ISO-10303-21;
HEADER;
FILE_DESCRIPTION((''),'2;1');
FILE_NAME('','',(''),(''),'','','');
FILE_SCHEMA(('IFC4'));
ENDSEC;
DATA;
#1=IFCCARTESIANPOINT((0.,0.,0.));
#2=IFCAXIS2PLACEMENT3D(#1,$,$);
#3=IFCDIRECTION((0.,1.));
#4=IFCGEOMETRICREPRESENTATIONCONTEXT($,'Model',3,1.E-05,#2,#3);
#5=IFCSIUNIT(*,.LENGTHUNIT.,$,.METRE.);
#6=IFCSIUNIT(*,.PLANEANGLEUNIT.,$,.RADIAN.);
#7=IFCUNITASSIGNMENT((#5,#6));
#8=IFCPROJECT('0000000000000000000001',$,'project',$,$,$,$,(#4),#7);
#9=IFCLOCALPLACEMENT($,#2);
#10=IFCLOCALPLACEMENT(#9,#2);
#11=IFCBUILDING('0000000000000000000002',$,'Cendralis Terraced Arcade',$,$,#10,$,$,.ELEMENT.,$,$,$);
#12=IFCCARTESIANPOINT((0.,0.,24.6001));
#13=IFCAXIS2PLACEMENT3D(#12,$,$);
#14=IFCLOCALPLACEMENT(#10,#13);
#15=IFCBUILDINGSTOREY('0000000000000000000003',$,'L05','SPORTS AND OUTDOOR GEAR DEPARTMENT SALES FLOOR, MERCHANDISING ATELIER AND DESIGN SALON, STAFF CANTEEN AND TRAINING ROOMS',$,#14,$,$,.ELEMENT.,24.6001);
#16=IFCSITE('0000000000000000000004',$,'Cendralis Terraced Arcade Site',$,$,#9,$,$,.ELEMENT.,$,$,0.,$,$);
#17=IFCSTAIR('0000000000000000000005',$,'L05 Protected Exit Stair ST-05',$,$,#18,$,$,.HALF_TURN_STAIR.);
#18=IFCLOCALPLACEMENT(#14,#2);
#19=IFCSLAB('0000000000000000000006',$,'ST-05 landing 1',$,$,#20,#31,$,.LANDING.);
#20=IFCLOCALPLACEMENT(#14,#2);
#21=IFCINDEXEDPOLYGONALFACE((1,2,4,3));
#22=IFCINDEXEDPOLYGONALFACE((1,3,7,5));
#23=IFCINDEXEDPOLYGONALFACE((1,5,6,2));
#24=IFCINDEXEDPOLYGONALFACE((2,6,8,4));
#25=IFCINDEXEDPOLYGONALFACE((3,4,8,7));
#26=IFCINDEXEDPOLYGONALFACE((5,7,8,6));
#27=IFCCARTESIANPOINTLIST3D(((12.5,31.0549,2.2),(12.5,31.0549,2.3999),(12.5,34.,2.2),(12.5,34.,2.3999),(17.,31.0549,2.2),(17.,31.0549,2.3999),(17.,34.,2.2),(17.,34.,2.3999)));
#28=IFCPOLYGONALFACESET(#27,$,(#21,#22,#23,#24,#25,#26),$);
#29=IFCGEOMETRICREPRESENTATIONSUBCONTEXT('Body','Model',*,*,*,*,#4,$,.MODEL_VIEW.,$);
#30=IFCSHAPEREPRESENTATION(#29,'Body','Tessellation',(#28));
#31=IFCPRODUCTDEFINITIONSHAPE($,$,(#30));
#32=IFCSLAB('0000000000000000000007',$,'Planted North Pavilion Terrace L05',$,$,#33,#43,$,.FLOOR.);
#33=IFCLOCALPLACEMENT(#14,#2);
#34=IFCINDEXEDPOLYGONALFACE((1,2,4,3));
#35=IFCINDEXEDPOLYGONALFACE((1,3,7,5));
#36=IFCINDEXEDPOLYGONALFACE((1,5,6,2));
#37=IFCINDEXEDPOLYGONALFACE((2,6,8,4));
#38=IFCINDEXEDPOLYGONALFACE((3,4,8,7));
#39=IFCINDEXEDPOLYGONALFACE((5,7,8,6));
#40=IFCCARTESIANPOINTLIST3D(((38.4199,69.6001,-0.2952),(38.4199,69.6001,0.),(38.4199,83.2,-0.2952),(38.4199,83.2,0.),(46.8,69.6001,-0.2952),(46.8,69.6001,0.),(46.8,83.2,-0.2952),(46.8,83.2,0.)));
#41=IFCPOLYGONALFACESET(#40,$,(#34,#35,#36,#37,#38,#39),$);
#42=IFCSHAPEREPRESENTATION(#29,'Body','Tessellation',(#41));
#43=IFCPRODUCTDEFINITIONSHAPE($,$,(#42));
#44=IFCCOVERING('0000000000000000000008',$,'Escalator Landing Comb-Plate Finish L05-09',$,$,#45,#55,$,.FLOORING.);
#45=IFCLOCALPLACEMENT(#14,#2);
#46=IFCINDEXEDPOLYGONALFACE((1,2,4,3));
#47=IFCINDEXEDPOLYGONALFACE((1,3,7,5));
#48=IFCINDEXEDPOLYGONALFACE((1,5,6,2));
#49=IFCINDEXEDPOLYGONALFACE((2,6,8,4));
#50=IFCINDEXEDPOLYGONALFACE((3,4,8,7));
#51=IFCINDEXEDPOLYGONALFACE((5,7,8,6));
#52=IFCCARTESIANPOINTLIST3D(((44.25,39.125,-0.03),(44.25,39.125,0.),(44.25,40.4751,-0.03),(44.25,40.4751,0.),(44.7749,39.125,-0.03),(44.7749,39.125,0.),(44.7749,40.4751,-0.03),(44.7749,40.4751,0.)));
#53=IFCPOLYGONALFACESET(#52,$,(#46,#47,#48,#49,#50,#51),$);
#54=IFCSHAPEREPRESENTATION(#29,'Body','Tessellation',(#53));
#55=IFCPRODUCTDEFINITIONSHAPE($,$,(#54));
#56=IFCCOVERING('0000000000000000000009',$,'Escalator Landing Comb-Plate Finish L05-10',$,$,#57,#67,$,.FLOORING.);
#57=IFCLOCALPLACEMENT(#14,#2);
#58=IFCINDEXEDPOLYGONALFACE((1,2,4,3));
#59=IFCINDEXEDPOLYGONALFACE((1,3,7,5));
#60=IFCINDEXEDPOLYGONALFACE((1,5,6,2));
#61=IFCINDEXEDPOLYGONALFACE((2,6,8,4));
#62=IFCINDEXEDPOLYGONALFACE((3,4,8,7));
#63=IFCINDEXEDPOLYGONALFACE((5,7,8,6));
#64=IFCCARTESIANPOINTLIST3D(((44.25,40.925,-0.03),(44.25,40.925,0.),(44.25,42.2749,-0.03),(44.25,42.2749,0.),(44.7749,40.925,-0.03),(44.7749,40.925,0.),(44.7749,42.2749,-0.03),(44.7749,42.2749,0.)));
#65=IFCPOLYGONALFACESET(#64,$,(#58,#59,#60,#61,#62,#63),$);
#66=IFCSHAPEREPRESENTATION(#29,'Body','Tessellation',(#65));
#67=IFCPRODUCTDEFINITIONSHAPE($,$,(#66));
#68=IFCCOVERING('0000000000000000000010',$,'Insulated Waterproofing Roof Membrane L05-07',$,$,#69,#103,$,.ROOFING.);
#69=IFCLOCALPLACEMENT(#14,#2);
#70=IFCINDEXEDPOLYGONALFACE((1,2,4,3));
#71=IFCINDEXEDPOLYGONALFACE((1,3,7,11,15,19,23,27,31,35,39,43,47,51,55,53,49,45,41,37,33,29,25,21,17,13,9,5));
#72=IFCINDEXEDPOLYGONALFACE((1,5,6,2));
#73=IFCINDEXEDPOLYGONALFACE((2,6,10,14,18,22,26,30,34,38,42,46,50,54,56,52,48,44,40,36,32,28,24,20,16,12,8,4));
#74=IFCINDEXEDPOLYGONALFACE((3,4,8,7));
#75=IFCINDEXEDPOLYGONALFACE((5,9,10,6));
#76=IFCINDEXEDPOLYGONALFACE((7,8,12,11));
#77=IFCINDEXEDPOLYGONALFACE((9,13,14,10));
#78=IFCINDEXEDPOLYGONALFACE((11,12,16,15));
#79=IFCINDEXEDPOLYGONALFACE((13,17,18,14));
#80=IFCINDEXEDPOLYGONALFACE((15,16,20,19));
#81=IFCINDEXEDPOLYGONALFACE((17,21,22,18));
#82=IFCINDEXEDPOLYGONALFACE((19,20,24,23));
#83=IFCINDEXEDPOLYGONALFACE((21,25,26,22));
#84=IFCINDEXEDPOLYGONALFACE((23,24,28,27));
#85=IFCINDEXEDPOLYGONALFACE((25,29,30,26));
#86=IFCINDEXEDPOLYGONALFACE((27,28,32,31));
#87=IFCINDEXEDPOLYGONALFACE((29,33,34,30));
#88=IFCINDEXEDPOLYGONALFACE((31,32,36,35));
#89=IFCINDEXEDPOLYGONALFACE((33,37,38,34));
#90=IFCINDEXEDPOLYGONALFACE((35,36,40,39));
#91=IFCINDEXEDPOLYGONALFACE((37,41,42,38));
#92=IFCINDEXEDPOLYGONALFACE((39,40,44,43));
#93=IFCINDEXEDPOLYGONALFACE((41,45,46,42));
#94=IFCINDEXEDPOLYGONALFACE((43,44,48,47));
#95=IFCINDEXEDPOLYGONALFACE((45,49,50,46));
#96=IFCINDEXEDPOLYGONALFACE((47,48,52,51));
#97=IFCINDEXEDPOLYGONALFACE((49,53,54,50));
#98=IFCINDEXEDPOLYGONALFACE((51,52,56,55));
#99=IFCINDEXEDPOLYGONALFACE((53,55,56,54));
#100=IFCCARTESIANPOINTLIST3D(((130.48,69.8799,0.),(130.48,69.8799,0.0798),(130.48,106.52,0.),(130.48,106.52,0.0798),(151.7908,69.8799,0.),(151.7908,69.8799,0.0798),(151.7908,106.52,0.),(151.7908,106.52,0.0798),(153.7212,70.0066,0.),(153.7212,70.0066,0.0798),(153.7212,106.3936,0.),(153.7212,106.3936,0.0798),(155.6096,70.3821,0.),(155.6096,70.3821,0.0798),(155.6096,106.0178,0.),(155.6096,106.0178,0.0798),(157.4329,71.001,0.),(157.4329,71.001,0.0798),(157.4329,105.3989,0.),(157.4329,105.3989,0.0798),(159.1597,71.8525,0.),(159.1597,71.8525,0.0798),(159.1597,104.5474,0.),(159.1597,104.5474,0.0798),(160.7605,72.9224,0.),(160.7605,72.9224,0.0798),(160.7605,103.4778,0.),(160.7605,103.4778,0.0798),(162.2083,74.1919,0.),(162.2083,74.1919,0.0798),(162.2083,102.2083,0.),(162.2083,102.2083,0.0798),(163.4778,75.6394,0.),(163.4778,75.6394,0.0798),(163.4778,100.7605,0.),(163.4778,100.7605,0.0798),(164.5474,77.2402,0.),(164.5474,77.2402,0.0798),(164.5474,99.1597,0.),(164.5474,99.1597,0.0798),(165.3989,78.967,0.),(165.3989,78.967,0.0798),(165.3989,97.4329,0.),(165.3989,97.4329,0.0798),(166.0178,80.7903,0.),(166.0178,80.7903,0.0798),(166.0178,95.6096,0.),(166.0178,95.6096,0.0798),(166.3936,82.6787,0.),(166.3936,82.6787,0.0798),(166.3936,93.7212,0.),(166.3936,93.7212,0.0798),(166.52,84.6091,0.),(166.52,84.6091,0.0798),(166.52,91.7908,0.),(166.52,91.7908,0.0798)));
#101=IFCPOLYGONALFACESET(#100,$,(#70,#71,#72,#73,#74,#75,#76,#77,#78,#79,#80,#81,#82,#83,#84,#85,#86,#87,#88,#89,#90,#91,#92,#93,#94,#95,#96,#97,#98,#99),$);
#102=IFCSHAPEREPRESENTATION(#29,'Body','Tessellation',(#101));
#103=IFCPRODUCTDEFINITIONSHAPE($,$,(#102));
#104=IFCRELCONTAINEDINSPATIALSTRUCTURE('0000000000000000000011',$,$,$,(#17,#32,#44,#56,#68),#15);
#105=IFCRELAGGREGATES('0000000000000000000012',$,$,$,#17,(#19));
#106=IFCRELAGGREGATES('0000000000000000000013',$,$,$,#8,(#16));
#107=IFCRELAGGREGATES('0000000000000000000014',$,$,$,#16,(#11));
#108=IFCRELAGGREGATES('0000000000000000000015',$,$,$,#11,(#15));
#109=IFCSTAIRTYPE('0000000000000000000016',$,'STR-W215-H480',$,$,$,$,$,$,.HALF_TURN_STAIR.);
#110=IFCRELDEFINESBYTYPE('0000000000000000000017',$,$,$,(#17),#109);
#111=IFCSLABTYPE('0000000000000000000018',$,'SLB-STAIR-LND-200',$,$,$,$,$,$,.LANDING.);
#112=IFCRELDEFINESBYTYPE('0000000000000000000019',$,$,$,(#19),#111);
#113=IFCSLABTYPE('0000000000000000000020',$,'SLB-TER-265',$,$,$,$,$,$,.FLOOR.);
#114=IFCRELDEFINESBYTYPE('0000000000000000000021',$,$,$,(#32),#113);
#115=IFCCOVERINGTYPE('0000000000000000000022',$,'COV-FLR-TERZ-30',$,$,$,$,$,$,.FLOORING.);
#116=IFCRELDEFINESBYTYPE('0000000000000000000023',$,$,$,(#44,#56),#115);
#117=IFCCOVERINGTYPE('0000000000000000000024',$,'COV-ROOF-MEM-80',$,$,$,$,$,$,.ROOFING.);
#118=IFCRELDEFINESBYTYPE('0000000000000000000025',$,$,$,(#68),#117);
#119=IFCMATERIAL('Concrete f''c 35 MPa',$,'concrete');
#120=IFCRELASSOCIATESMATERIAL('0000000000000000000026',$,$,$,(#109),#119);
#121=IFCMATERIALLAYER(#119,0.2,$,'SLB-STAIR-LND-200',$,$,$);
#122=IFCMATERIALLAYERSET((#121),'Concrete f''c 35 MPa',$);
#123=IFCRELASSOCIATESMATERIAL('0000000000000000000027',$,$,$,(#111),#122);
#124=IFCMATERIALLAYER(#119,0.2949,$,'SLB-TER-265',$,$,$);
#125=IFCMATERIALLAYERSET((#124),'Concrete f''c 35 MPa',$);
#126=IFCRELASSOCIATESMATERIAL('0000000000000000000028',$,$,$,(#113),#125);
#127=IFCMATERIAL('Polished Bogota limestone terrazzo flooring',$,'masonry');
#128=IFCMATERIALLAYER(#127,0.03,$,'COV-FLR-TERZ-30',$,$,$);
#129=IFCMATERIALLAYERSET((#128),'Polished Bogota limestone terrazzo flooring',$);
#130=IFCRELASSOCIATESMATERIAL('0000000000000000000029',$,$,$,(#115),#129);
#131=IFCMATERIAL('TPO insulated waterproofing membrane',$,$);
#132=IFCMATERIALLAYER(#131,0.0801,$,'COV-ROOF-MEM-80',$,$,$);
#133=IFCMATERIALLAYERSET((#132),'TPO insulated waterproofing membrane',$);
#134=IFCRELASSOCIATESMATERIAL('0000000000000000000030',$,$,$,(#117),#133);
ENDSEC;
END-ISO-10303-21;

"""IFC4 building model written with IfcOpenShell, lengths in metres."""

from ifc_helpers import new_model, si_unit, direction, frame, origin, place, context, subcontext, project, spatial, polyline, outline, extrude, material, layer, layer_set, type_object, element, aggregate, save


model = new_model("IFC4")

# Units and contexts
model_context = context("Model", 3, precision=1e-05, world=origin(), true_north=direction((0.0, 1.0)))
body_context = subcontext(model_context, "Body", "Model", "MODEL_VIEW")
ifc_project = project(units=[si_unit("LENGTHUNIT", "METRE"), si_unit("PLANEANGLEUNIT", "RADIAN")], contexts=[model_context])

# Site, building, storey
site_placement = place(None, origin())
site = spatial("IfcSite", under=ifc_project, at=site_placement, Name="Cendralis Terraced Arcade Site", CompositionType="ELEMENT", RefElevation=0.0)
building_placement = place(site_placement, origin())
building = spatial("IfcBuilding", under=site, at=building_placement, Name="Cendralis Terraced Arcade", CompositionType="ELEMENT")
storey_placement = place(building_placement, frame((0.0, 0.0, 24.6001)))
storey = spatial("IfcBuildingStorey", under=building, at=storey_placement, Name="L05", Description="SPORTS AND OUTDOOR GEAR DEPARTMENT SALES FLOOR, MERCHANDISING ATELIER AND DESIGN SALON, STAFF CANTEEN AND TRAINING ROOMS", CompositionType="ELEMENT", Elevation=24.6001)

# Shared definitions
ifc_material_1 = material(Name="Concrete f'c 35 MPa", Category="concrete")

# Stair, slab
stair_type = type_object("IfcStairType", Name="STR-W215-H480", PredefinedType="HALF_TURN_STAIR", material=ifc_material_1)
ifc_layer_1 = layer(ifc_material_1, 0.2, Name="SLB-STAIR-LND-200")
ifc_layer_set_1 = layer_set([ifc_layer_1], Name="Concrete f'c 35 MPa")
slab_type_1 = type_object("IfcSlabType", Name="SLB-STAIR-LND-200", PredefinedType="LANDING", material=ifc_layer_set_1)
stair_1_placement = place(storey_placement, origin())
stair_1 = element("IfcStair", 1, at=stair_1_placement, inside=storey, type_object=stair_type, Name="L05 Protected Exit Stair ST-05", PredefinedType="HALF_TURN_STAIR")
slab_1_placement = place(storey_placement, frame((0.0, 0.0, 2.2)))
slab_1 = element("IfcSlab", 2, at=slab_1_placement, type_object=slab_type_1, Name="ST-05 landing 1", PredefinedType="LANDING", context=body_context, shape_type="SweptSolid", body=[
    extrude(outline(polyline([(17.0, 31.0549), (17.0, 34.0), (12.5, 34.0), (12.5, 31.0549), (17.0, 31.0549)])), origin(), (0.0, 0.0, 1.0), 0.2),
])
aggregate(stair_1, [slab_1])

# Slab
ifc_layer_2 = layer(ifc_material_1, 0.2949, Name="SLB-TER-265")
ifc_layer_set_2 = layer_set([ifc_layer_2], Name="Concrete f'c 35 MPa")
slab_type_2 = type_object("IfcSlabType", Name="SLB-TER-265", PredefinedType="FLOOR", material=ifc_layer_set_2)
slab_2_placement = place(storey_placement, frame((0.0, 0.0, -0.2952)))
element("IfcSlab", 3, at=slab_2_placement, inside=storey, type_object=slab_type_2, Name="Planted North Pavilion Terrace L05", PredefinedType="FLOOR", context=body_context, shape_type="SweptSolid", body=[
    extrude(outline(polyline([(46.8, 83.2), (46.8, 69.6001), (38.4199, 69.6001), (38.4199, 83.2), (46.8, 83.2)])), origin(), (0.0, 0.0, 1.0), 0.2952),
])

# Coverings
ifc_material_2 = material(Name="Polished Bogota limestone terrazzo flooring", Category="masonry")
ifc_layer_3 = layer(ifc_material_2, 0.03, Name="COV-FLR-TERZ-30")
ifc_layer_set_3 = layer_set([ifc_layer_3], Name="Polished Bogota limestone terrazzo flooring")
covering_type_1 = type_object("IfcCoveringType", Name="COV-FLR-TERZ-30", PredefinedType="FLOORING", material=ifc_layer_set_3)
covering_1_placement = place(storey_placement, frame((0.0, 0.0, -0.03)))
element("IfcCovering", 4, at=covering_1_placement, inside=storey, type_object=covering_type_1, Name="Escalator Landing Comb-Plate Finish L05-09", PredefinedType="FLOORING", context=body_context, shape_type="SweptSolid", body=[
    extrude(outline(polyline([(44.25, 39.125), (44.7749, 39.125), (44.7749, 40.4751), (44.25, 40.4751), (44.25, 39.125)])), origin(), (0.0, 0.0, 1.0), 0.03),
])
covering_2_placement = place(storey_placement, frame((0.0, 0.0, -0.03)))
element("IfcCovering", 5, at=covering_2_placement, inside=storey, type_object=covering_type_1, Name="Escalator Landing Comb-Plate Finish L05-10", PredefinedType="FLOORING", context=body_context, shape_type="SweptSolid", body=[
    extrude(outline(polyline([(44.25, 40.925), (44.7749, 40.925), (44.7749, 42.2749), (44.25, 42.2749), (44.25, 40.925)])), origin(), (0.0, 0.0, 1.0), 0.03),
])
ifc_material_3 = material(Name="TPO insulated waterproofing membrane")
ifc_layer_4 = layer(ifc_material_3, 0.0801, Name="COV-ROOF-MEM-80")
ifc_layer_set_4 = layer_set([ifc_layer_4], Name="TPO insulated waterproofing membrane")
covering_type_2 = type_object("IfcCoveringType", Name="COV-ROOF-MEM-80", PredefinedType="ROOFING", material=ifc_layer_set_4)
covering_3_placement = place(storey_placement, origin())
element("IfcCovering", 6, at=covering_3_placement, inside=storey, type_object=covering_type_2, Name="Insulated Waterproofing Roof Membrane L05-07", PredefinedType="ROOFING", context=body_context, shape_type="SweptSolid", body=[
    extrude(outline(polyline([(155.6096, 106.0178), (157.4329, 105.3989), (159.1597, 104.5474), (160.7605, 103.4778), (162.2083, 102.2083), (163.4778, 100.7605), (164.5474, 99.1597), (165.3989, 97.4329), (166.0178, 95.6096), (166.3936, 93.7212), (166.52, 91.7908), (166.52, 84.6091), (166.3936, 82.6787), (166.0178, 80.7903), (165.3989, 78.967), (164.5474, 77.2402), (163.4778, 75.6394), (162.2083, 74.1919), (160.7605, 72.9224), (159.1597, 71.8525), (157.4329, 71.001), (155.6096, 70.3821), (153.7212, 70.0066), (151.7908, 69.8799), (130.48, 69.8799), (130.48, 106.52), (151.7908, 106.52), (153.7212, 106.3936), (155.6096, 106.0178)])), origin(), (0.0, 0.0, 1.0), 0.0798),
])

save(model, "model.ifc")
